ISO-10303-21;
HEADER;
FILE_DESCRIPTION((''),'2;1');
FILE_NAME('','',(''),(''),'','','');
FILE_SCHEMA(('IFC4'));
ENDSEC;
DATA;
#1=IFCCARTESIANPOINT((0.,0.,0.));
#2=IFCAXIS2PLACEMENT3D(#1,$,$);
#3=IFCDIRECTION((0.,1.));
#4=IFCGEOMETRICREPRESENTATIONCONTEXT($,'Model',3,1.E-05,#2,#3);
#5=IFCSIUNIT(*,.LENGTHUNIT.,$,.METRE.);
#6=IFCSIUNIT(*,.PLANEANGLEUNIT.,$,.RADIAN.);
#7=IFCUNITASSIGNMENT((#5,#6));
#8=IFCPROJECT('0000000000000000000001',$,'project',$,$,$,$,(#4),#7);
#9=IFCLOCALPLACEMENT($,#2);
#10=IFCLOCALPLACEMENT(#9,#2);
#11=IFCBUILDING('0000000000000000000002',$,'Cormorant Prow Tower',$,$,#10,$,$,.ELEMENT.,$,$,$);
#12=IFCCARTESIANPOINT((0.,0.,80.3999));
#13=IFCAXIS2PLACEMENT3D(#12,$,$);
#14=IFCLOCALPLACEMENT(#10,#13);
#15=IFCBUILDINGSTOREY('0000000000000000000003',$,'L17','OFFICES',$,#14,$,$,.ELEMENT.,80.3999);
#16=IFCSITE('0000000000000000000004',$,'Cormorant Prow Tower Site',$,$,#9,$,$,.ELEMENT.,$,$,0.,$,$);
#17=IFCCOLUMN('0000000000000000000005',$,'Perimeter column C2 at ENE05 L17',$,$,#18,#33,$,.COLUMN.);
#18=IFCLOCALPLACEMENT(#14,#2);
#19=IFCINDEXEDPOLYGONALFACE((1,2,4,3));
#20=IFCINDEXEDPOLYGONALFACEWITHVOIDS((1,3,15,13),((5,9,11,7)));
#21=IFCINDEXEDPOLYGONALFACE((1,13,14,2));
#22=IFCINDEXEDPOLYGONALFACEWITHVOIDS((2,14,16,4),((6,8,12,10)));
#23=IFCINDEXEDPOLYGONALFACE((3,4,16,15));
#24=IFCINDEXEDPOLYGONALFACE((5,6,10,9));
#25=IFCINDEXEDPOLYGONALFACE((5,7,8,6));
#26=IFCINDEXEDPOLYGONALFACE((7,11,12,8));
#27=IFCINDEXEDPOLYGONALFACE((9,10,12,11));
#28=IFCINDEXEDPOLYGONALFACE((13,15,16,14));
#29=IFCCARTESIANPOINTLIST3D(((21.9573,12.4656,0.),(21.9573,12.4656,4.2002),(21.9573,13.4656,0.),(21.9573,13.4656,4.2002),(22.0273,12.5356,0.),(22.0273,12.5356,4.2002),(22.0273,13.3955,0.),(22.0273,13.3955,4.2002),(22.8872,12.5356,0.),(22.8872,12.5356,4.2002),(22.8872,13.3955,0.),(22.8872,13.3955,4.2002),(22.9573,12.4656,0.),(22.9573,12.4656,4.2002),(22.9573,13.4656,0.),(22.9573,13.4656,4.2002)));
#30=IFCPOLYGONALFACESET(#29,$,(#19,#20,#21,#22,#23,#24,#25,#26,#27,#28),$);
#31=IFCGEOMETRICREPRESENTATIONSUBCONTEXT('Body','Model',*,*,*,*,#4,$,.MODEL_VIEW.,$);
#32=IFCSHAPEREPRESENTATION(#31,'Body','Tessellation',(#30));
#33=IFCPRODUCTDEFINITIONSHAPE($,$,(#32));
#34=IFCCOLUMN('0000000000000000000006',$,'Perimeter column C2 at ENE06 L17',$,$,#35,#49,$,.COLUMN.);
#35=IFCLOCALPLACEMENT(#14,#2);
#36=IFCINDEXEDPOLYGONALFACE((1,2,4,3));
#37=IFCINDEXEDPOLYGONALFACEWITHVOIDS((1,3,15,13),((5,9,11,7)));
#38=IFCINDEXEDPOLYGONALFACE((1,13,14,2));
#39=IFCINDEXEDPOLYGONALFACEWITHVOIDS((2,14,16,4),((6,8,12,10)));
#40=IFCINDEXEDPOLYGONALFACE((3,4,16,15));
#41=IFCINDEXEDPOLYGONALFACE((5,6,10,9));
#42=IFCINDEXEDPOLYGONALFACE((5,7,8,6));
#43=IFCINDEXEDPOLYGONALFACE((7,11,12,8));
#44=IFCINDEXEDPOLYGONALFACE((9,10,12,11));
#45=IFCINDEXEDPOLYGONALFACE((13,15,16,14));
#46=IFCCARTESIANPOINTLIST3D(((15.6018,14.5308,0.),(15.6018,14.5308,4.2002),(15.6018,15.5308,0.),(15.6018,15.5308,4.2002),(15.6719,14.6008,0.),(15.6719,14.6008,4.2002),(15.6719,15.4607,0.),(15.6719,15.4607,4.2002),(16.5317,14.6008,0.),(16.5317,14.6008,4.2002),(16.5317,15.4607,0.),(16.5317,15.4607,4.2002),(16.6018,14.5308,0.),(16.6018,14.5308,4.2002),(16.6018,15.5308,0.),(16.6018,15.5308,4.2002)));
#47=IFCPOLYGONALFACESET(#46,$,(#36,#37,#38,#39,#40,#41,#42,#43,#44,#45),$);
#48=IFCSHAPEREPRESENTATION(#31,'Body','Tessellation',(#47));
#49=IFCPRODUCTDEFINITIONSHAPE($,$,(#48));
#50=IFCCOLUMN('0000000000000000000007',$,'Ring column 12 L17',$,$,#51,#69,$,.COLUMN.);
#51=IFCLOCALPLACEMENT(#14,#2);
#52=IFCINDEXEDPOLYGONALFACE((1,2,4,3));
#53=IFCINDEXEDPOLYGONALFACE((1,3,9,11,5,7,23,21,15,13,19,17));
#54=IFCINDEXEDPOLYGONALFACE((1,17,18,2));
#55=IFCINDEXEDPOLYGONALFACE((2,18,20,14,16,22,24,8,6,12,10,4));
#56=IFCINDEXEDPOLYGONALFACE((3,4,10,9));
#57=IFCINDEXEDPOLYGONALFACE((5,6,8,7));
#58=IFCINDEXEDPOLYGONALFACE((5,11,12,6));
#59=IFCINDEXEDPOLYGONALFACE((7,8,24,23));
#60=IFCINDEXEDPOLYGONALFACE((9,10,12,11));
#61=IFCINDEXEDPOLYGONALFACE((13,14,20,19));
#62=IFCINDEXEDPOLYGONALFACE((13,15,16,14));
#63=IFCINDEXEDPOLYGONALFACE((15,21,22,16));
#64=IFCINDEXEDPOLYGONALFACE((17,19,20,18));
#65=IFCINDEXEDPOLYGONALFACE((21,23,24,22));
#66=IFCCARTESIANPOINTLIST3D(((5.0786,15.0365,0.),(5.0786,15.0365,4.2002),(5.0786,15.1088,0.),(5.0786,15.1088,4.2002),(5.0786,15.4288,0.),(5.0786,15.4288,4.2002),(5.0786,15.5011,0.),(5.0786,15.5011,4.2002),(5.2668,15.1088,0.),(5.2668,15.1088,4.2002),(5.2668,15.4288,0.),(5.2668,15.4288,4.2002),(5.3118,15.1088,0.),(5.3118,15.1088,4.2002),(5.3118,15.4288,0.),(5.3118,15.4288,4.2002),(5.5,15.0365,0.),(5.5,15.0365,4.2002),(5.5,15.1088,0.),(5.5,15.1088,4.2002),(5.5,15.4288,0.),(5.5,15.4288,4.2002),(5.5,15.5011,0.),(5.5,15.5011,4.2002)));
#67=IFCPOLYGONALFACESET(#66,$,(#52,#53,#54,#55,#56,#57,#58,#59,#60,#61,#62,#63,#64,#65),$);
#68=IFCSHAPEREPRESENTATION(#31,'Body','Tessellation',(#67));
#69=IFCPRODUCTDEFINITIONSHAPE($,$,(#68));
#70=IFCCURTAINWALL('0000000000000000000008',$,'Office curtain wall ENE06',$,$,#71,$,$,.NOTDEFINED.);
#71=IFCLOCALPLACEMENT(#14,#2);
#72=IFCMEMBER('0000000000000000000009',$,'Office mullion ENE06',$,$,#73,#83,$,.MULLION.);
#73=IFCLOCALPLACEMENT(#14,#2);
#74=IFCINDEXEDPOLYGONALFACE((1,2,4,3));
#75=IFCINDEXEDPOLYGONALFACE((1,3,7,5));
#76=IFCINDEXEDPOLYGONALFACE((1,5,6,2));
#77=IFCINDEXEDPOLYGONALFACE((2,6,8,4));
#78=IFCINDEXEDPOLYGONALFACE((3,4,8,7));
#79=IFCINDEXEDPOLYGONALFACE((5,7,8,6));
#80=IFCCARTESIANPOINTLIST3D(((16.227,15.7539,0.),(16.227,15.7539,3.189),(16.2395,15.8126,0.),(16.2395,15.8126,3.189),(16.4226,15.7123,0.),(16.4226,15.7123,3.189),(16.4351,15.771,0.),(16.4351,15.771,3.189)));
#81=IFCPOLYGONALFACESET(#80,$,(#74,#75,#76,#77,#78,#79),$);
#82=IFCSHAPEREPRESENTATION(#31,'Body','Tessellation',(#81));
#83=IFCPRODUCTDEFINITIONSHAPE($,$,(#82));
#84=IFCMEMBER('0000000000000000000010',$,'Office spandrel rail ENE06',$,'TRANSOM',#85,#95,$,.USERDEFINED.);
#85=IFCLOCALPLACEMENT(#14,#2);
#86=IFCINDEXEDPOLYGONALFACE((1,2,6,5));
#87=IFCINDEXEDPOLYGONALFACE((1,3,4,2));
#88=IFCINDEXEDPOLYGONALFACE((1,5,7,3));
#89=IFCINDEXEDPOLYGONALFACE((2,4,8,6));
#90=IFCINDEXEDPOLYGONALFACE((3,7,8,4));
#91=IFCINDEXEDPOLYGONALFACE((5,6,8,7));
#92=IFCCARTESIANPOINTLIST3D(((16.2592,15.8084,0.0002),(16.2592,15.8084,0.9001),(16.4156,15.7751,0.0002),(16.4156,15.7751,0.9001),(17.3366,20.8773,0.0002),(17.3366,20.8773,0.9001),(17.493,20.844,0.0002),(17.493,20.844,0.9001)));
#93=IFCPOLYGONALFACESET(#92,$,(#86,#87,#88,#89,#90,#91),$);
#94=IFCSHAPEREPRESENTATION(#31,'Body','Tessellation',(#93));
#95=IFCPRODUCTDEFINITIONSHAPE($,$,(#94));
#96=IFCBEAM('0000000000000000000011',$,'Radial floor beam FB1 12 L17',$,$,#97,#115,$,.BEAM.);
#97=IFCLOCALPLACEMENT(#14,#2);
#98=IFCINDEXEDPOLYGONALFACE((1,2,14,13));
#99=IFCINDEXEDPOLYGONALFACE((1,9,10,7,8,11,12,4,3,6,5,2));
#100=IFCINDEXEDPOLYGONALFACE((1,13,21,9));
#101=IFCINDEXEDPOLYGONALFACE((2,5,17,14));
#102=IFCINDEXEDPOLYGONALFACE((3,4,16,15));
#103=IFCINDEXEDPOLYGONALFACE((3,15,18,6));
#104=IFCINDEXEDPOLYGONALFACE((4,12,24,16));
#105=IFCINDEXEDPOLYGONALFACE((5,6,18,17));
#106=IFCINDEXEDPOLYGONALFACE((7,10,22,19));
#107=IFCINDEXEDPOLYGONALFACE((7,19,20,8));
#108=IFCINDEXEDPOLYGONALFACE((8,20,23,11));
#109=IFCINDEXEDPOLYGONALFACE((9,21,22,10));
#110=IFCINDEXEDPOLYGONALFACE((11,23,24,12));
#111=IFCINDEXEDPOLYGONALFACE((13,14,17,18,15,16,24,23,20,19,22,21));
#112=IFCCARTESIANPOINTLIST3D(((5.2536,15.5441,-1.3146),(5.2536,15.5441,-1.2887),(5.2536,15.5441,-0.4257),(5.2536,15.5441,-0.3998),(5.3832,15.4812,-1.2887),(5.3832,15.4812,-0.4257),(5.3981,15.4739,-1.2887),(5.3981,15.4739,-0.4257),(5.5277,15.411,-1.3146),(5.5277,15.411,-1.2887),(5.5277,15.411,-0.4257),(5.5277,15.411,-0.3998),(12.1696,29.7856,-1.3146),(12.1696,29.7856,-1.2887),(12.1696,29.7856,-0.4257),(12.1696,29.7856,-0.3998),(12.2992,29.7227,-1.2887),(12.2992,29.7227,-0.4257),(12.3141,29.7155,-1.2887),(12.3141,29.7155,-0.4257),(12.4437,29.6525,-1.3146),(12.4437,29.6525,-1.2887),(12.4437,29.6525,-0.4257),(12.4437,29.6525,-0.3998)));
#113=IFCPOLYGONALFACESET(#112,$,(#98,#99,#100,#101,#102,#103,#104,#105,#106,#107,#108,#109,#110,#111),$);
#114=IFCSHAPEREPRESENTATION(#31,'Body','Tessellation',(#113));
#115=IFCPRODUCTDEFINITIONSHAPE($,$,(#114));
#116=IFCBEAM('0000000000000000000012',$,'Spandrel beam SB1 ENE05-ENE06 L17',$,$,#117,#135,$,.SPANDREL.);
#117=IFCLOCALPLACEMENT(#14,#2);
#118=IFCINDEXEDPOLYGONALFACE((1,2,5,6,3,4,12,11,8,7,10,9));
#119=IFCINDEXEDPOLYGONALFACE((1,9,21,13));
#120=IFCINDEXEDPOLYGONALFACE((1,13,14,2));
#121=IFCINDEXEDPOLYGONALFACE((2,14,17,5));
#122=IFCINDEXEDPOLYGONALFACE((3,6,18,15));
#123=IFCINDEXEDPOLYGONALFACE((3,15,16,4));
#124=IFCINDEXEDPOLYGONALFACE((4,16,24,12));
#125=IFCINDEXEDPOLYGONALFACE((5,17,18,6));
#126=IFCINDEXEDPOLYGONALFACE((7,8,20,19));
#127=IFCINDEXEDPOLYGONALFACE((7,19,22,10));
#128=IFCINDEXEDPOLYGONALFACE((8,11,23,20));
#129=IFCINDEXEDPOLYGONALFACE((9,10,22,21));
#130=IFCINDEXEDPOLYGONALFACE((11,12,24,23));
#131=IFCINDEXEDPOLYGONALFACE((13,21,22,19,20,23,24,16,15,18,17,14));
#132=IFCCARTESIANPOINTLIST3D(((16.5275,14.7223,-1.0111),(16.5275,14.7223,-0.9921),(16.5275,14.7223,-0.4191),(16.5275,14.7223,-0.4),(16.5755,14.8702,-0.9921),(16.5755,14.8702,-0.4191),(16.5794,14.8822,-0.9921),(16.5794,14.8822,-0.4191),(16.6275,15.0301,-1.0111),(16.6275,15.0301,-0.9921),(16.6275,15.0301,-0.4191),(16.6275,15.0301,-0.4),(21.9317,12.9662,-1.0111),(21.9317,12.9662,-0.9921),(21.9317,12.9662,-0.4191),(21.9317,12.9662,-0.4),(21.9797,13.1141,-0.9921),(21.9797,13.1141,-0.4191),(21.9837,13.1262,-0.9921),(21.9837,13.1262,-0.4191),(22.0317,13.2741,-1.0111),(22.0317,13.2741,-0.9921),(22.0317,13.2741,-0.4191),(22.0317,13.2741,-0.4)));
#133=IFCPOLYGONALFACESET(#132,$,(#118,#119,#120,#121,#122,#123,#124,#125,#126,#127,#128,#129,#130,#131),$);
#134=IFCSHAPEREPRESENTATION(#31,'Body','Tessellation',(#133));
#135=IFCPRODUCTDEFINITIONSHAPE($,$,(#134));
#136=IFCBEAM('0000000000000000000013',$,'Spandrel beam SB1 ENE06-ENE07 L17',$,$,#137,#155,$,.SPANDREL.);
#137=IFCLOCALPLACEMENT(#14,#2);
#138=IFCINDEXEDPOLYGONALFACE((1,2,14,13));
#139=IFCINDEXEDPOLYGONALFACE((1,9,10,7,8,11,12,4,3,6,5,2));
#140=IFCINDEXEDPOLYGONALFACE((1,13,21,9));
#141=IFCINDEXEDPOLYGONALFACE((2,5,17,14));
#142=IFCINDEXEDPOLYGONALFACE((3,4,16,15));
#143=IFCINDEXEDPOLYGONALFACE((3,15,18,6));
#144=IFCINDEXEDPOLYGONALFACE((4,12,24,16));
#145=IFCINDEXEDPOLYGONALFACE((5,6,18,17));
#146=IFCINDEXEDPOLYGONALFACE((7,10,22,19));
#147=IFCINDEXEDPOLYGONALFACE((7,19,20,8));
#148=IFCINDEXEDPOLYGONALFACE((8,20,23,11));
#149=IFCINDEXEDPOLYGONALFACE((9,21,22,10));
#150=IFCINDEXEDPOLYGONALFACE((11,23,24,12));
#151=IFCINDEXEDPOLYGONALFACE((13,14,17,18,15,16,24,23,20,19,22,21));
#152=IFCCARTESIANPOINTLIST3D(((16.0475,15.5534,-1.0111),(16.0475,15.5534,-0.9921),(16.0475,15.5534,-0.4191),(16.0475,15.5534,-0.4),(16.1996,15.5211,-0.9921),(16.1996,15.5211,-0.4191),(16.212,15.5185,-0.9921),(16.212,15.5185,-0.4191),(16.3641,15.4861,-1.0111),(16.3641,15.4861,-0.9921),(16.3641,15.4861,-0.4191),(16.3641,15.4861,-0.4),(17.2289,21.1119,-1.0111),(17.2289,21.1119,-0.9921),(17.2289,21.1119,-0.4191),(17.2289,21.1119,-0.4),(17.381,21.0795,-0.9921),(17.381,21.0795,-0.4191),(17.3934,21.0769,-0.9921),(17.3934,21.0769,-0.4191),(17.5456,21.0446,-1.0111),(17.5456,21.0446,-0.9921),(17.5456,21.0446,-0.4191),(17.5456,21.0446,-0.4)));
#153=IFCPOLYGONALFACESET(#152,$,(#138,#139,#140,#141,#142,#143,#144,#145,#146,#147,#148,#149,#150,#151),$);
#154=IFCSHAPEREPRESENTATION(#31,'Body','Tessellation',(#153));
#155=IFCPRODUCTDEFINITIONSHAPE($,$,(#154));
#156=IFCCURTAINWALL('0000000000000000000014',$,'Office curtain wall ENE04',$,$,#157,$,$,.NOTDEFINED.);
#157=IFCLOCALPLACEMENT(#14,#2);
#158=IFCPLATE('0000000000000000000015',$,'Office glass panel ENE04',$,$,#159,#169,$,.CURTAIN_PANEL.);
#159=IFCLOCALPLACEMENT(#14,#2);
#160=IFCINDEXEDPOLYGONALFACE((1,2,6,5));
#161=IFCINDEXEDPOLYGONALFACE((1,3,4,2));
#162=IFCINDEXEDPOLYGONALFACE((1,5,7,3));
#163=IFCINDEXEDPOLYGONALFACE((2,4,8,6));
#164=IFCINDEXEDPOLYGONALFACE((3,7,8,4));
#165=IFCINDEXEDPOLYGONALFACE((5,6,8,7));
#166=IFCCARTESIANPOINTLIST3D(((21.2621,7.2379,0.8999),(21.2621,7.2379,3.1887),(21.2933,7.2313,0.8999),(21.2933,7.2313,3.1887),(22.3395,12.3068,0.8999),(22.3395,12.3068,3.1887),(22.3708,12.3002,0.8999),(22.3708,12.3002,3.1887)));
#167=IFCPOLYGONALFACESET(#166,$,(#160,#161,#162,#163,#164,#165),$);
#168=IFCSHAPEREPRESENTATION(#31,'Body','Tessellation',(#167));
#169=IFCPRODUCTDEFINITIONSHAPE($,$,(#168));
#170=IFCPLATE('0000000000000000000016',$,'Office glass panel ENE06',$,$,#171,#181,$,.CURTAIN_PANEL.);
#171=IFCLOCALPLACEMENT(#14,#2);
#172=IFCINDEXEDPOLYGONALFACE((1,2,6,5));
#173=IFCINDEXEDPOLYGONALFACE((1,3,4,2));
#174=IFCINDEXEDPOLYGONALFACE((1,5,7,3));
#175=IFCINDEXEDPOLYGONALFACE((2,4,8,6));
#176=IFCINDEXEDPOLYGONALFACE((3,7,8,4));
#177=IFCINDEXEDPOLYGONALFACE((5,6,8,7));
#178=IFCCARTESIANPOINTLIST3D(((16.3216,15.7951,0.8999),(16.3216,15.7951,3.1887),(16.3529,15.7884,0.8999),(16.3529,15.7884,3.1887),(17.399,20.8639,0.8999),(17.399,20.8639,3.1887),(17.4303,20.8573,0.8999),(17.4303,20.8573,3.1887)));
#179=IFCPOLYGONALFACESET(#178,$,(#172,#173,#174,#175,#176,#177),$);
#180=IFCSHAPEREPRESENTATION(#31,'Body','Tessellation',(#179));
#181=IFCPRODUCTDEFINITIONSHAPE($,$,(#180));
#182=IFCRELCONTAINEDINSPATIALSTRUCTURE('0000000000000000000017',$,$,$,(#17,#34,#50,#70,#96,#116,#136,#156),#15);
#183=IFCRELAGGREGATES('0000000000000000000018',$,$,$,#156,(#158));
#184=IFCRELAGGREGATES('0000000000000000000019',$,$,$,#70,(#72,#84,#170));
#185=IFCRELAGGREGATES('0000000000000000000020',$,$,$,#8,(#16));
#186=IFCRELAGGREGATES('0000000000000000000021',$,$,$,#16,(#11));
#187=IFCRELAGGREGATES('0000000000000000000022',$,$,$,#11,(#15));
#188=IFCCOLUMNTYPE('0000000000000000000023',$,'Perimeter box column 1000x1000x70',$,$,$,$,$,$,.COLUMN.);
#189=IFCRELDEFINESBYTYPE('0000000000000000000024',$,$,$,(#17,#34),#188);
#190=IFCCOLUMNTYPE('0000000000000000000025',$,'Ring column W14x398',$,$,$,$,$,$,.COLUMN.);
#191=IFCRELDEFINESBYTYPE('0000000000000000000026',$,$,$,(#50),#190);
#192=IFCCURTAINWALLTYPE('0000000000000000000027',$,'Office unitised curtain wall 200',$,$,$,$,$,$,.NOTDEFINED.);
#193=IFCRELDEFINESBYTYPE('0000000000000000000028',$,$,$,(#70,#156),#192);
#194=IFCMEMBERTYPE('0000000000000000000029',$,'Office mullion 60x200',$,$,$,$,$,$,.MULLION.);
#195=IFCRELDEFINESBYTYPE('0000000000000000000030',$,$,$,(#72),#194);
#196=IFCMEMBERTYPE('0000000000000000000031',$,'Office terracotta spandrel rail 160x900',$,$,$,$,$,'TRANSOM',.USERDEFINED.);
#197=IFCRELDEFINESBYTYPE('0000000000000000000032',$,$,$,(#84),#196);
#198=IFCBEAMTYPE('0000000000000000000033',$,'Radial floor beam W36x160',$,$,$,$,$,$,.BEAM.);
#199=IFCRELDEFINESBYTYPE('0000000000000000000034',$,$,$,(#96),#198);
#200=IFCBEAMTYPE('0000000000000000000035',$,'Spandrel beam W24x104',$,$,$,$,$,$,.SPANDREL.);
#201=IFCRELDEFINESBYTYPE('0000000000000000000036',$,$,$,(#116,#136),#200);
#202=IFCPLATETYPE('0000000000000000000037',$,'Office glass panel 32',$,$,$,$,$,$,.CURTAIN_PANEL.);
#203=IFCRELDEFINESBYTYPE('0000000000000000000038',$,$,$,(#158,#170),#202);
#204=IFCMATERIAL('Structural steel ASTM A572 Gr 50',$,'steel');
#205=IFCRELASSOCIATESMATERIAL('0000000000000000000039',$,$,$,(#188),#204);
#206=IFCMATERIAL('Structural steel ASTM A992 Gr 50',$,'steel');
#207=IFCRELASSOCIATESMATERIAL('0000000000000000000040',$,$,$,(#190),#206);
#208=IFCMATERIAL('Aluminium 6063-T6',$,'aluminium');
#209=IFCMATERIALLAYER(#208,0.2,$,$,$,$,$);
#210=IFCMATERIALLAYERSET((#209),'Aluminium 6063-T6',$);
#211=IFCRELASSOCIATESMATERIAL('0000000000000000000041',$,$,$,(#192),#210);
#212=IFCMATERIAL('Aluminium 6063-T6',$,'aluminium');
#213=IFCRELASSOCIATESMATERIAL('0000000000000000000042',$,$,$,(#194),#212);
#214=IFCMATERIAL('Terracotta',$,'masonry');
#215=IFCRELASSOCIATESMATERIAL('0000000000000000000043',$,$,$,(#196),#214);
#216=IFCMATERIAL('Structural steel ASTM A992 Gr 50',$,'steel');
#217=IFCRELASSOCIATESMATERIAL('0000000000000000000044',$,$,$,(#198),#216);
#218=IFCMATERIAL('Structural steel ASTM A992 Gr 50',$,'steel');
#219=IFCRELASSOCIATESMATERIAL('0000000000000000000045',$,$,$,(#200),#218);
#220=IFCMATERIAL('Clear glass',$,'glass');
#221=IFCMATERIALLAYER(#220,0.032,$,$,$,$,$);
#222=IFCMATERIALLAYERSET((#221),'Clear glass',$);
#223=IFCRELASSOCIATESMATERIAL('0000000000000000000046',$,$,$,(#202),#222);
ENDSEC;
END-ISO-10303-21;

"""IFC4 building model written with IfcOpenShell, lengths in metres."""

from ifc_helpers import new_model, si_unit, direction, frame, origin, origin_2d, place, context, subcontext, project, spatial, rectangle, hollow_rectangle, i_section, extrude, material, layer, layer_set, material_profile, profile_set, type_object, element, aggregate, save


model = new_model("IFC4")

# Units and contexts
model_context = context("Model", 3, precision=1e-05, world=origin(), true_north=direction((0.0, 1.0)))
body_context = subcontext(model_context, "Body", "Model", "MODEL_VIEW")
ifc_project = project(units=[si_unit("LENGTHUNIT", "METRE"), si_unit("PLANEANGLEUNIT", "RADIAN")], contexts=[model_context])

# Site, building, storey
site_placement = place(None, origin())
site = spatial("IfcSite", under=ifc_project, at=site_placement, Name="Cormorant Prow Tower Site", CompositionType="ELEMENT", RefElevation=0.0)
building_placement = place(site_placement, origin())
building = spatial("IfcBuilding", under=site, at=building_placement, Name="Cormorant Prow Tower", CompositionType="ELEMENT")
storey_placement = place(building_placement, frame((0.0, 0.0, 80.3999)))
storey = spatial("IfcBuildingStorey", under=building, at=storey_placement, Name="L17", Description="OFFICES", CompositionType="ELEMENT", Elevation=80.3999)

# Columns
ifc_material_1 = material(Name="Structural steel ASTM A572 Gr 50", Category="steel")
ifc_material_profile_1 = material_profile(ifc_material_1, hollow_rectangle(XDim=1.0, YDim=1.0, WallThickness=0.0701, at=origin_2d()), Name="Box 1000x1000x70")
ifc_profile_set_1 = profile_set([ifc_material_profile_1], Name="Structural steel ASTM A572 Gr 50")
column_type_1 = type_object("IfcColumnType", Name="Perimeter box column 1000x1000x70", PredefinedType="COLUMN", material=ifc_profile_set_1)
for number, where, z_axis, x_axis, name in (
    (1, (22.4573, 12.9656, 0.0), (0.0, 0.0, 1.0), (1.0, 0.0, 0.0), "Perimeter column C2 at ENE05 L17"),
    (2, (16.1018, 15.0308, 0.0), (0.0, 0.0, 1.0), (1.0, 0.0, 0.0), "Perimeter column C2 at ENE06 L17"),
):
    element("IfcColumn", number, at=place(storey_placement, frame(where, z_axis=z_axis, x_axis=x_axis)), inside=storey, type_object=column_type_1, Name=name, PredefinedType="COLUMN", context=body_context, shape_type="SweptSolid", body=[
        extrude(hollow_rectangle(XDim=1.0, YDim=1.0, WallThickness=0.0701, at=origin_2d()), origin(), (0.0, 0.0, 1.0), 4.2002),
    ])
ifc_material_2 = material(Name="Structural steel ASTM A992 Gr 50", Category="steel")
ifc_material_profile_2 = material_profile(ifc_material_2, i_section(OverallWidth=0.4214, OverallDepth=0.4646, WebThickness=0.0449, FlangeThickness=0.0723, at=origin_2d()), Name="W14x398")
ifc_profile_set_2 = profile_set([ifc_material_profile_2], Name="Structural steel ASTM A992 Gr 50")
column_type_2 = type_object("IfcColumnType", Name="Ring column W14x398", PredefinedType="COLUMN", material=ifc_profile_set_2)
column_placement = place(storey_placement, frame((5.2893, 15.2688, 0.0), z_axis=(0.0, 0.0, 1.0), x_axis=(1.0, 0.0, 0.0)))
element("IfcColumn", 3, at=column_placement, inside=storey, type_object=column_type_2, Name="Ring column 12 L17", PredefinedType="COLUMN", context=body_context, shape_type="SweptSolid", body=[
    extrude(i_section(OverallWidth=0.4214, OverallDepth=0.4646, WebThickness=0.0449, FlangeThickness=0.0723, at=origin_2d()), origin(), (0.0, 0.0, 1.0), 4.2002),
])

# Curtain wall, members
ifc_material_3 = material(Name="Aluminium 6063-T6", Category="aluminium")
ifc_layer_1 = layer(ifc_material_3, 0.2)
ifc_layer_set_1 = layer_set([ifc_layer_1], Name="Aluminium 6063-T6")
curtain_wall_type = type_object("IfcCurtainWallType", Name="Office unitised curtain wall 200", PredefinedType="NOTDEFINED", material=ifc_layer_set_1)
curtain_wall_1_placement = place(storey_placement, origin())
curtain_wall_1 = element("IfcCurtainWall", 4, at=curtain_wall_1_placement, inside=storey, type_object=curtain_wall_type, Name="Office curtain wall ENE06", PredefinedType="NOTDEFINED")
ifc_material_4 = material(Name="Aluminium 6063-T6", Category="aluminium")
ifc_material_profile_3 = material_profile(ifc_material_4, rectangle(XDim=0.2, YDim=0.0601, at=origin_2d()), Name="Office mullion 60x200")
ifc_profile_set_3 = profile_set([ifc_material_profile_3], Name="Aluminium 6063-T6")
member_type_1 = type_object("IfcMemberType", Name="Office mullion 60x200", PredefinedType="MULLION", material=ifc_profile_set_3)
member_1_placement = place(storey_placement, frame((16.3311, 15.7625, 0.0), z_axis=(0.0, 0.0, 1.0), x_axis=(-0.978148, 0.207912, 0.0)))
member_1 = element("IfcMember", 5, at=member_1_placement, type_object=member_type_1, Name="Office mullion ENE06", PredefinedType="MULLION", context=body_context, shape_type="SweptSolid", body=[
    extrude(rectangle(XDim=0.2, YDim=0.0601, at=origin_2d()), origin(), (0.0, 0.0, 1.0), 3.189),
])
ifc_material_5 = material(Name="Terracotta", Category="masonry")
ifc_material_profile_4 = material_profile(ifc_material_5, rectangle(XDim=0.1599, YDim=0.8999, at=origin_2d()), Name="Office terracotta spandrel rail 160x900")
ifc_profile_set_4 = profile_set([ifc_material_profile_4], Name="Terracotta")
member_type_2 = type_object("IfcMemberType", Name="Office terracotta spandrel rail 160x900", ElementType="TRANSOM", PredefinedType="USERDEFINED", material=ifc_profile_set_4)
member_2_placement = place(storey_placement, frame((16.3374, 15.7917, 0.4502), z_axis=(0.207907, 0.978149, 0.0), x_axis=(-0.978149, 0.207907, 0.0)))
member_2 = element("IfcMember", 6, at=member_2_placement, type_object=member_type_2, Name="Office spandrel rail ENE06", ObjectType="TRANSOM", PredefinedType="USERDEFINED", context=body_context, shape_type="SweptSolid", body=[
    extrude(rectangle(XDim=0.1599, YDim=0.8999, at=origin_2d()), origin(), (0.0, 0.0, 1.0), 5.1821),
])

# Beams
ifc_material_6 = material(Name="Structural steel ASTM A992 Gr 50", Category="steel")
ifc_material_profile_5 = material_profile(ifc_material_6, i_section(OverallWidth=0.3047, OverallDepth=0.9148, WebThickness=0.0166, FlangeThickness=0.0259, at=origin_2d()), Name="W36x160")
ifc_profile_set_5 = profile_set([ifc_material_profile_5], Name="Structural steel ASTM A992 Gr 50")
beam_type_1 = type_object("IfcBeamType", Name="Radial floor beam W36x160", PredefinedType="BEAM", material=ifc_profile_set_5)
beam_1_placement = place(storey_placement, frame((5.3906, 15.4775, -0.8572), z_axis=(0.436839, 0.899539, 0.0), x_axis=(-0.899539, 0.436839, 0.0)))
element("IfcBeam", 7, at=beam_1_placement, inside=storey, type_object=beam_type_1, Name="Radial floor beam FB1 12 L17", PredefinedType="BEAM", context=body_context, shape_type="SweptSolid", body=[
    extrude(i_section(OverallWidth=0.3047, OverallDepth=0.9148, WebThickness=0.0166, FlangeThickness=0.0259, at=origin_2d()), origin(), (0.0, 0.0, 1.0), 15.832),
])
ifc_material_7 = material(Name="Structural steel ASTM A992 Gr 50", Category="steel")
ifc_material_profile_6 = material_profile(ifc_material_7, i_section(OverallWidth=0.3237, OverallDepth=0.6111, WebThickness=0.0127, FlangeThickness=0.019, at=origin_2d()), Name="W24x104")
ifc_profile_set_6 = profile_set([ifc_material_profile_6], Name="Structural steel ASTM A992 Gr 50")
beam_type_2 = type_object("IfcBeamType", Name="Spandrel beam W24x104", PredefinedType="SPANDREL", material=ifc_profile_set_6)
beam_2_placement = place(storey_placement, frame((21.9817, 13.1201, -0.7056), z_axis=(-0.951049, 0.309039, 0.0), x_axis=(-0.309039, -0.951049, 0.0)))
element("IfcBeam", 8, at=beam_2_placement, inside=storey, type_object=beam_type_2, Name="Spandrel beam SB1 ENE05-ENE06 L17", PredefinedType="SPANDREL", context=body_context, shape_type="SweptSolid", body=[
    extrude(i_section(OverallWidth=0.3237, OverallDepth=0.6111, WebThickness=0.0127, FlangeThickness=0.019, at=origin_2d()), origin(), (0.0, 0.0, 1.0), 5.6824),
])
beam_3_placement = place(storey_placement, frame((16.2058, 15.5198, -0.7056), z_axis=(0.2079, 0.97815, 0.0), x_axis=(-0.97815, 0.2079, 0.0)))
element("IfcBeam", 9, at=beam_3_placement, inside=storey, type_object=beam_type_2, Name="Spandrel beam SB1 ENE06-ENE07 L17", PredefinedType="SPANDREL", context=body_context, shape_type="SweptSolid", body=[
    extrude(i_section(OverallWidth=0.3237, OverallDepth=0.6111, WebThickness=0.0127, FlangeThickness=0.019, at=origin_2d()), origin(), (0.0, 0.0, 1.0), 5.6826),
])

# Curtain wall, plate
curtain_wall_2_placement = place(storey_placement, origin())
curtain_wall_2 = element("IfcCurtainWall", 10, at=curtain_wall_2_placement, inside=storey, type_object=curtain_wall_type, Name="Office curtain wall ENE04", PredefinedType="NOTDEFINED")
ifc_material_8 = material(Name="Clear glass", Category="glass")
ifc_layer_2 = layer(ifc_material_8, 0.032)
ifc_layer_set_2 = layer_set([ifc_layer_2], Name="Clear glass")
plate_type = type_object("IfcPlateType", Name="Office glass panel 32", PredefinedType="CURTAIN_PANEL", material=ifc_layer_set_2)
plate_1_placement = place(storey_placement, frame((21.8164, 9.769, 0.8999), z_axis=(0.0, 0.0, 1.0), x_axis=(0.207912, 0.978148, 0.0)))
plate_1 = element("IfcPlate", 11, at=plate_1_placement, type_object=plate_type, Name="Office glass panel ENE04", PredefinedType="CURTAIN_PANEL", context=body_context, shape_type="SweptSolid", body=[
    extrude(rectangle(XDim=5.1821, YDim=0.032, at=origin_2d()), origin(), (0.0, 0.0, 1.0), 2.2888),
])
aggregate(curtain_wall_2, [plate_1])

# Plate
plate_2_placement = place(storey_placement, frame((16.876, 18.3262, 0.8999), z_axis=(0.0, 0.0, 1.0), x_axis=(0.207912, 0.978148, 0.0)))
plate_2 = element("IfcPlate", 12, at=plate_2_placement, type_object=plate_type, Name="Office glass panel ENE06", PredefinedType="CURTAIN_PANEL", context=body_context, shape_type="SweptSolid", body=[
    extrude(rectangle(XDim=5.1821, YDim=0.032, at=origin_2d()), origin(), (0.0, 0.0, 1.0), 2.2888),
])
aggregate(curtain_wall_1, [member_1, member_2, plate_2])

save(model, "model.ifc")
